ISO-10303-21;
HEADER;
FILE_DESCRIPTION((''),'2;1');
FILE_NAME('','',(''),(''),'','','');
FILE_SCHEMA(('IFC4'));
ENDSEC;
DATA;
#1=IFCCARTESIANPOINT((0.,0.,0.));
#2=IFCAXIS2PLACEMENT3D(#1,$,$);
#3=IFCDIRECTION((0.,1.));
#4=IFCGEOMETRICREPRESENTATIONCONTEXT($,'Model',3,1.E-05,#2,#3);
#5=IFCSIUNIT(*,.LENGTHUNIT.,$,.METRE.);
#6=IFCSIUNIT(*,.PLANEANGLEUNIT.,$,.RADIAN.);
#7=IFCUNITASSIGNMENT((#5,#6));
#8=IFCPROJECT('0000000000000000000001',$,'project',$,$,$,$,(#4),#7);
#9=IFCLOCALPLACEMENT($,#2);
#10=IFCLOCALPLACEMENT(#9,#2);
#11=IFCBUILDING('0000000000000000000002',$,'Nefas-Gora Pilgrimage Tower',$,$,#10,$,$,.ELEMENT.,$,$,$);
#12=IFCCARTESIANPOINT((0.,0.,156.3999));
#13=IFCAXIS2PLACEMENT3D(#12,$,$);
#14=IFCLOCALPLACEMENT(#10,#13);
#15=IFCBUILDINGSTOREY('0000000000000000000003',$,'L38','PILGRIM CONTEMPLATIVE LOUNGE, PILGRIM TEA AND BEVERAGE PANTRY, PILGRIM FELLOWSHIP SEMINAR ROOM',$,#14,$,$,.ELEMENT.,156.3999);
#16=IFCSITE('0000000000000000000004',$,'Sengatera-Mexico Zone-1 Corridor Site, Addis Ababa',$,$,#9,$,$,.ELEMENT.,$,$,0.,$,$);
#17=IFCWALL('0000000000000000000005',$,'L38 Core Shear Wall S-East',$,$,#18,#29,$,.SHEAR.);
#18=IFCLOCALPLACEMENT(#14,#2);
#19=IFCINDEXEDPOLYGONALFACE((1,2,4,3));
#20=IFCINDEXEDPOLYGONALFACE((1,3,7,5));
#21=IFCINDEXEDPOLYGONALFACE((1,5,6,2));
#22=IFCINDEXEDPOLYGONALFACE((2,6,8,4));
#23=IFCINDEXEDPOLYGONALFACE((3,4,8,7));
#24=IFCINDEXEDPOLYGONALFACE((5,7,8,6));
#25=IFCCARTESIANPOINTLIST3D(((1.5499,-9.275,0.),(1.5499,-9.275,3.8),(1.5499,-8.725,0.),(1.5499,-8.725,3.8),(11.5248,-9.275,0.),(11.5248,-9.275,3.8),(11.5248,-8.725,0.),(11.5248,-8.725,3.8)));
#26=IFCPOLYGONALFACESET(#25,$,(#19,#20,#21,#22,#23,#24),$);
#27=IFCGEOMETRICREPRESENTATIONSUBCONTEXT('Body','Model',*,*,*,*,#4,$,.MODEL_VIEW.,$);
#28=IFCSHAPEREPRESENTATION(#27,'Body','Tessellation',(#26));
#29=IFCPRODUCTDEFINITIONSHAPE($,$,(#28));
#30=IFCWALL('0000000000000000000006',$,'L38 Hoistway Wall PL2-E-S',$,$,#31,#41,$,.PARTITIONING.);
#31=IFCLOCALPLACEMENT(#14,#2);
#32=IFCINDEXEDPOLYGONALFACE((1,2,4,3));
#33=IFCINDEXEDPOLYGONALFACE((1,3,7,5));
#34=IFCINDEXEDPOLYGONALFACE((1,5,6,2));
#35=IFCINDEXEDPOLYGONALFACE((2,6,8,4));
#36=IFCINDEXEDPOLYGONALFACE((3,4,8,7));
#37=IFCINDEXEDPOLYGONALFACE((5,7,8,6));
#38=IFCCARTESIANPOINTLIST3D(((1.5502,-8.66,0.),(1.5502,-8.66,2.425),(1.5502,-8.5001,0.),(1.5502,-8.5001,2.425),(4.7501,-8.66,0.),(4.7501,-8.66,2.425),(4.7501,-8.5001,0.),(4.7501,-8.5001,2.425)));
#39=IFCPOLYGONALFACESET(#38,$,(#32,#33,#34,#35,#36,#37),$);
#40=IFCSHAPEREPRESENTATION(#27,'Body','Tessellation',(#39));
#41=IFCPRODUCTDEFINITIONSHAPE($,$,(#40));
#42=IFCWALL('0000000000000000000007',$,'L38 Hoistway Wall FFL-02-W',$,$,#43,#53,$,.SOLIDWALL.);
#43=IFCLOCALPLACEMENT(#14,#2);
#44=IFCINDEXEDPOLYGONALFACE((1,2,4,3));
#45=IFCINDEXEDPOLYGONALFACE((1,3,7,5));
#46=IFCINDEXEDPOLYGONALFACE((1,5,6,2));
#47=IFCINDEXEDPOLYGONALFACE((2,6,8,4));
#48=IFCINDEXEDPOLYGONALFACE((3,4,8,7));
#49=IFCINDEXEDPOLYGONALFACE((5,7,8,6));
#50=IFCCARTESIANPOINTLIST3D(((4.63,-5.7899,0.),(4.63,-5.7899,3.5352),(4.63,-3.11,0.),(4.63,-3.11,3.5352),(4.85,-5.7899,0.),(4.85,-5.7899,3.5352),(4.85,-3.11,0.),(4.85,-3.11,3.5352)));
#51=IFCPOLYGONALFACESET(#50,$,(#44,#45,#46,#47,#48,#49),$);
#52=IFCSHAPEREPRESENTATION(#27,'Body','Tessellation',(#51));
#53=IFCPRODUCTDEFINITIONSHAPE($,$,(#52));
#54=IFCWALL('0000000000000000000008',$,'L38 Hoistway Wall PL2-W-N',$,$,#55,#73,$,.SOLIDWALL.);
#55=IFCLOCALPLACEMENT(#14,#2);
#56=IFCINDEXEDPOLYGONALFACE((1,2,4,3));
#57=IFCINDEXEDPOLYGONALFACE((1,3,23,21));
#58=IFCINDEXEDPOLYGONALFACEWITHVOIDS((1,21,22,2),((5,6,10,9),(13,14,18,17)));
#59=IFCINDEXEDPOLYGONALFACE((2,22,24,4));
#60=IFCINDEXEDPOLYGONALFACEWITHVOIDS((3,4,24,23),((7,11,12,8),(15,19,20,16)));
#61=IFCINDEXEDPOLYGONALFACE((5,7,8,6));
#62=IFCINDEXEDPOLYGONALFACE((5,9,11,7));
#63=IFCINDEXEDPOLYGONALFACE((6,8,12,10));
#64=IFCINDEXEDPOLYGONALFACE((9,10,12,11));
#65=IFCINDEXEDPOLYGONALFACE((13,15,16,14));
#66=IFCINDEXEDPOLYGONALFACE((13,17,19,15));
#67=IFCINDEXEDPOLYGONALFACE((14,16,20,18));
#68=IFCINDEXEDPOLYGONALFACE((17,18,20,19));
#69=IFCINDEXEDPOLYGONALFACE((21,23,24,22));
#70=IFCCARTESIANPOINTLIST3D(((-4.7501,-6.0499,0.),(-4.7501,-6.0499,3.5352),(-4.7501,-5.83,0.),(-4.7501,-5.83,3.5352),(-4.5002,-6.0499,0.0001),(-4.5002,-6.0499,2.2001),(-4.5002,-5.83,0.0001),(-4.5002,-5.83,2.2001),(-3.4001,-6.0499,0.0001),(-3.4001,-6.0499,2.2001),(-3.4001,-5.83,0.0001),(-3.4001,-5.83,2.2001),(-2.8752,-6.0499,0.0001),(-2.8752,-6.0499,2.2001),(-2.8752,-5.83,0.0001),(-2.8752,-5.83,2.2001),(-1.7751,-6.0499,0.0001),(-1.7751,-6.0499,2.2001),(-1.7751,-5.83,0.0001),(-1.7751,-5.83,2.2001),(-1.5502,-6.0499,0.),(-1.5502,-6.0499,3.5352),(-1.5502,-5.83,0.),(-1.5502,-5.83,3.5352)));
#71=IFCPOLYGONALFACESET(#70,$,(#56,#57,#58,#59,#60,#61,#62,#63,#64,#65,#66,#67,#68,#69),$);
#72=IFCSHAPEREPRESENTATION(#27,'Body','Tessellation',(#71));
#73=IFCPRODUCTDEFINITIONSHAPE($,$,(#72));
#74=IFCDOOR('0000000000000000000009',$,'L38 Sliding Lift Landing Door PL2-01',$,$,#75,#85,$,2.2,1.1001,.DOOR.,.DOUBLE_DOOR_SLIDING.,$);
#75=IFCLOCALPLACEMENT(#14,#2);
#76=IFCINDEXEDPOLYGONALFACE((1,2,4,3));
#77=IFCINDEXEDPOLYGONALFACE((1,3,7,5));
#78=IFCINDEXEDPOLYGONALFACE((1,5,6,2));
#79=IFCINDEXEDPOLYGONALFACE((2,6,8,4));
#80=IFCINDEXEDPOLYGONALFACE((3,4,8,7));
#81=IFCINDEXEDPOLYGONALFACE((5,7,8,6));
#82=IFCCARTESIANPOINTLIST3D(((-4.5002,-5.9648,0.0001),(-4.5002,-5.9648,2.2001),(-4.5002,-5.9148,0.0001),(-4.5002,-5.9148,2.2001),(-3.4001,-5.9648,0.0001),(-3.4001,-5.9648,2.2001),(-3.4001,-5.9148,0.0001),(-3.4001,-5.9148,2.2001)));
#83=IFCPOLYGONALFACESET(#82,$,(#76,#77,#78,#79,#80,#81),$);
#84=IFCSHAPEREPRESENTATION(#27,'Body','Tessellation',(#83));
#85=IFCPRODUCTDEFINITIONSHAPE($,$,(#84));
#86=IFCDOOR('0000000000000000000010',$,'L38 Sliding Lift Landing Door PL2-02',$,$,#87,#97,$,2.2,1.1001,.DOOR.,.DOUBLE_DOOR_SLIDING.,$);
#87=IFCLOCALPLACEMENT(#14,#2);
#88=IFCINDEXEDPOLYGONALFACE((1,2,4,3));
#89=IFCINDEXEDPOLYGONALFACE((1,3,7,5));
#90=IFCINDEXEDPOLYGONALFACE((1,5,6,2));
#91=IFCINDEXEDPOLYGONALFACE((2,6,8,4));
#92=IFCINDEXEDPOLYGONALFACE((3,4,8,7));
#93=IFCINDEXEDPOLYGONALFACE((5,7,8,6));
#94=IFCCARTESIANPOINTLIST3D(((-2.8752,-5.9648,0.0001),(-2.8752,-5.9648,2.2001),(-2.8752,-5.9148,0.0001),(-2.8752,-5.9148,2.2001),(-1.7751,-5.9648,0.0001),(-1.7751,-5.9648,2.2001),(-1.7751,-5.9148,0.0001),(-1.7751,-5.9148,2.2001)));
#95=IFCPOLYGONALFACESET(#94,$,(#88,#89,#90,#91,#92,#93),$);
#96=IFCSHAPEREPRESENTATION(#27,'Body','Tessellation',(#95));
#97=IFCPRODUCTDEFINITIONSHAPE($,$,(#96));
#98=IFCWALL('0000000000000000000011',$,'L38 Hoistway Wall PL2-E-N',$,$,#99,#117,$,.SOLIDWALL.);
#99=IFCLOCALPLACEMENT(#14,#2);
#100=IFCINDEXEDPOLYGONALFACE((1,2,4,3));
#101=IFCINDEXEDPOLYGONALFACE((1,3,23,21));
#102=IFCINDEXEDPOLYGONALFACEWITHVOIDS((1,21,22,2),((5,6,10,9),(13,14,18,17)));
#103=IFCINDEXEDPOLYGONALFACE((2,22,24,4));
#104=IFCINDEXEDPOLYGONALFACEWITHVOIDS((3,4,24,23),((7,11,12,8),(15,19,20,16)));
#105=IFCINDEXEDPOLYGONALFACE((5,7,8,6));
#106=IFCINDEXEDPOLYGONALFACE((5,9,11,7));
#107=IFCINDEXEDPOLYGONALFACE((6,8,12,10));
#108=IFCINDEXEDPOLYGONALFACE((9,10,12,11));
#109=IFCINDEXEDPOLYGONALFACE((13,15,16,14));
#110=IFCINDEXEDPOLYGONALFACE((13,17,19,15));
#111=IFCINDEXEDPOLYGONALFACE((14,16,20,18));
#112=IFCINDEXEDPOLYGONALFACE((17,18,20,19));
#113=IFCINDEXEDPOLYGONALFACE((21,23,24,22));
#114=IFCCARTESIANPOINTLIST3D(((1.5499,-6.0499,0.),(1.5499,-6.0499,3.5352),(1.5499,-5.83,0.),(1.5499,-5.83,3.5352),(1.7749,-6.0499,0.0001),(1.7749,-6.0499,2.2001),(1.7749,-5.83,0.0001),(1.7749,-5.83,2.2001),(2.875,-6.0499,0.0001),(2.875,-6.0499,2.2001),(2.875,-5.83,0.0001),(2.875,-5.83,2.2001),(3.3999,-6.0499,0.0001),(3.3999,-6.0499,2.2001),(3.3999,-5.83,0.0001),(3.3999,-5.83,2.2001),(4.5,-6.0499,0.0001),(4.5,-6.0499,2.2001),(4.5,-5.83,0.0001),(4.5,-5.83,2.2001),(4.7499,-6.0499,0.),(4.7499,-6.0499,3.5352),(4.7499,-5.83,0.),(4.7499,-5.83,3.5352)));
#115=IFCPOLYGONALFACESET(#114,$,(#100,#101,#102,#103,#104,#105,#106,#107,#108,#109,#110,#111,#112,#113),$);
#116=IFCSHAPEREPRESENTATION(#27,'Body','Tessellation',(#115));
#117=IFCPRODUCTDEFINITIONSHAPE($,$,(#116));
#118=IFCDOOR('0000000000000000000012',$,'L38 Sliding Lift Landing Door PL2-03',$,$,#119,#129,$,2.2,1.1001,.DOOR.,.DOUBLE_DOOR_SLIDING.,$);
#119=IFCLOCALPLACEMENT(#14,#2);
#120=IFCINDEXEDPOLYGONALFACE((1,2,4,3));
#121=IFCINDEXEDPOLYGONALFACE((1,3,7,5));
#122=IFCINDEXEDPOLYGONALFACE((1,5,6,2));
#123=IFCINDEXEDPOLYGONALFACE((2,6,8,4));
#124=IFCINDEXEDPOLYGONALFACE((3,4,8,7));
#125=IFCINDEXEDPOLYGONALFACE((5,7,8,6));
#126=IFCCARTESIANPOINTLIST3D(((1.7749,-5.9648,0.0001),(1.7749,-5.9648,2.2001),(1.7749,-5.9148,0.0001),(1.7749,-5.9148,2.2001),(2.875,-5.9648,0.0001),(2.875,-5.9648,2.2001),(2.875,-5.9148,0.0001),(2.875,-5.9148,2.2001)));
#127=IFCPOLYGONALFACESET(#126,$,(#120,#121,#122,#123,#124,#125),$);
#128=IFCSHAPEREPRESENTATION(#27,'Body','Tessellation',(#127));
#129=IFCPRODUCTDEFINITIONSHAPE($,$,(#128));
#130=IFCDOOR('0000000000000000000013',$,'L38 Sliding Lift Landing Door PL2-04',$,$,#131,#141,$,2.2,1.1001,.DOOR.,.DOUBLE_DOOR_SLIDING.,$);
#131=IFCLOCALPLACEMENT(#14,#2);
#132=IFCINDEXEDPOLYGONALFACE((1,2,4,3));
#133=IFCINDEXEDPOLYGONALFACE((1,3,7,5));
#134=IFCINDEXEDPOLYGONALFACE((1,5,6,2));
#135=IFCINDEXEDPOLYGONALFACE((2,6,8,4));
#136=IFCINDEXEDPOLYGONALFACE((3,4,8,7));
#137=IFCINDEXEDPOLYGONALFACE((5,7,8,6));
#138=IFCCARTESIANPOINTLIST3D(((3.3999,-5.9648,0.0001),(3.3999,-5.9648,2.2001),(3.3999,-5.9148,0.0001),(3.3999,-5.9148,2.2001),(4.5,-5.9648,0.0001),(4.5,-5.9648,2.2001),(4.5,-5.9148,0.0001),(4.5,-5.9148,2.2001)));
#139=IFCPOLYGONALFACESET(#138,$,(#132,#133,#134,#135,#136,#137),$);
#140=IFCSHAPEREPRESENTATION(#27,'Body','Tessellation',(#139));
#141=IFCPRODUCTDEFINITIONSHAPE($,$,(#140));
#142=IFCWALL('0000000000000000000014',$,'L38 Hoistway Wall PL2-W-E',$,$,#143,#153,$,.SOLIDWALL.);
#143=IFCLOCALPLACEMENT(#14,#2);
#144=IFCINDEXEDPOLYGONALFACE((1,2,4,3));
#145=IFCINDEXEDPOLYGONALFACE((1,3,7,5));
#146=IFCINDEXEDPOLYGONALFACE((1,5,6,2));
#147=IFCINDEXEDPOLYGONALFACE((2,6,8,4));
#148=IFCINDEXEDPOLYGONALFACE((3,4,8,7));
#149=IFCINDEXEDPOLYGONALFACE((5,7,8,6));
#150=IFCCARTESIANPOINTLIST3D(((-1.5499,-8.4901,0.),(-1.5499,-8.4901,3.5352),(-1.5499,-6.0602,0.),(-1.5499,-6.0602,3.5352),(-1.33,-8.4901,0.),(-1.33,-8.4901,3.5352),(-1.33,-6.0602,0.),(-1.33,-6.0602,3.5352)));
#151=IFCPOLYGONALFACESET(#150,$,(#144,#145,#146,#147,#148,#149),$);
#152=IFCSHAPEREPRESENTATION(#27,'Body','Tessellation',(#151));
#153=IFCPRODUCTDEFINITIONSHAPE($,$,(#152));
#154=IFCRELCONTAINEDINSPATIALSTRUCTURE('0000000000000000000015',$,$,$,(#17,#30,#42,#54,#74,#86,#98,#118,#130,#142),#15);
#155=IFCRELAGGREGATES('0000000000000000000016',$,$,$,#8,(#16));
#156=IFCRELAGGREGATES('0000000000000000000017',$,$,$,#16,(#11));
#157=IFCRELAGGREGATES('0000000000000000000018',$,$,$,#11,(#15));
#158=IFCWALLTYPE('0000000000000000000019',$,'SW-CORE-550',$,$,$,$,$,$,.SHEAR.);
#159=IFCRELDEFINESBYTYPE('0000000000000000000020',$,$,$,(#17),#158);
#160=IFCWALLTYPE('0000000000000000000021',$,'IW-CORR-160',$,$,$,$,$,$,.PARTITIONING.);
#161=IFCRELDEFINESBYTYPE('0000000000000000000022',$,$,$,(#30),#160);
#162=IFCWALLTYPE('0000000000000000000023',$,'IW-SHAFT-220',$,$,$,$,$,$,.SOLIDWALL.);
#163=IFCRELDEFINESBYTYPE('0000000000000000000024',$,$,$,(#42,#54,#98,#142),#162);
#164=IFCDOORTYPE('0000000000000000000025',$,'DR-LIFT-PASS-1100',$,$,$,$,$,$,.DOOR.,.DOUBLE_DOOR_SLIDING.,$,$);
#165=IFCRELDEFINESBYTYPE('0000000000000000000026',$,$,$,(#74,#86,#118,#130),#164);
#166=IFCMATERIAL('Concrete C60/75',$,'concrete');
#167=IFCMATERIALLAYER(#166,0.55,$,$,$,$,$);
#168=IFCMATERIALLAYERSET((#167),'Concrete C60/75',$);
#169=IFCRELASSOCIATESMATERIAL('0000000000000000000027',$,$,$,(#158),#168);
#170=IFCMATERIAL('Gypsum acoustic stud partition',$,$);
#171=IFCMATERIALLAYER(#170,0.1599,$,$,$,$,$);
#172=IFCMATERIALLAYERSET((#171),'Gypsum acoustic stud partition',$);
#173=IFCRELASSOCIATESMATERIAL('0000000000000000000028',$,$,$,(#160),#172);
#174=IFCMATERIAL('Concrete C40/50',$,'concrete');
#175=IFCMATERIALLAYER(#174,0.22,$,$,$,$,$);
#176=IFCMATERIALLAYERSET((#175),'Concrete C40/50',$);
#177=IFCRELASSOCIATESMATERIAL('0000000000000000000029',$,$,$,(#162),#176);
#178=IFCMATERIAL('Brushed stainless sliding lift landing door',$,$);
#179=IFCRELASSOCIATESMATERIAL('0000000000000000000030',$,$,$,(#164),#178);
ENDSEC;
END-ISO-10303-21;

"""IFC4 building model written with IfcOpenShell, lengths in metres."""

from ifc_helpers import new_model, si_unit, direction, frame, frame_2d, origin, place, context, subcontext, project, spatial, rectangle, extrude, source, transform, mapped, material, layer, layer_set, type_object, element, fill, save


model = new_model("IFC4")

# Units and contexts
model_context = context("Model", 3, precision=1e-05, world=origin(), true_north=direction((0.0, 1.0)))
body_context = subcontext(model_context, "Body", "Model", "MODEL_VIEW")
ifc_project = project(units=[si_unit("LENGTHUNIT", "METRE"), si_unit("PLANEANGLEUNIT", "RADIAN")], contexts=[model_context])

# Site, building, storey
site_placement = place(None, origin())
site = spatial("IfcSite", under=ifc_project, at=site_placement, Name="Sengatera-Mexico Zone-1 Corridor Site, Addis Ababa", CompositionType="ELEMENT", RefElevation=0.0)
building_placement = place(site_placement, origin())
building = spatial("IfcBuilding", under=site, at=building_placement, Name="Nefas-Gora Pilgrimage Tower", CompositionType="ELEMENT")
storey_placement = place(building_placement, frame((0.0, 0.0, 156.3999)))
storey = spatial("IfcBuildingStorey", under=building, at=storey_placement, Name="L38", Description="PILGRIM CONTEMPLATIVE LOUNGE, PILGRIM TEA AND BEVERAGE PANTRY, PILGRIM FELLOWSHIP SEMINAR ROOM", CompositionType="ELEMENT", Elevation=156.3999)

# Walls
ifc_material_1 = material(Name="Concrete C60/75", Category="concrete")
ifc_layer_1 = layer(ifc_material_1, 0.55)
ifc_layer_set_1 = layer_set([ifc_layer_1], Name="Concrete C60/75")
wall_type_1 = type_object("IfcWallType", Name="SW-CORE-550", PredefinedType="SHEAR", material=ifc_layer_set_1)
shared_shape_1 = source(origin(), body_context, "Body", "SweptSolid", [
    extrude(rectangle(XDim=9.9749, YDim=0.55, at=frame_2d((4.9873, 0.0))), origin(), (0.0, 0.0, 1.0), 3.8),
])
wall_1_placement = place(storey_placement, frame((1.55, -9.0, 0.0), z_axis=(0.0, 0.0, 1.0), x_axis=(1.0, 0.0, 0.0)))
element("IfcWall", 1, at=wall_1_placement, inside=storey, type_object=wall_type_1, Name="L38 Core Shear Wall S-East", PredefinedType="SHEAR", context=body_context, shape_type="MappedRepresentation", body=[
    mapped(shared_shape_1, transform((0.0, 0.0, 0.0), x_axis=(1.0, 0.0, 0.0), y_axis=(0.0, 1.0, 0.0), z_axis=(0.0, 0.0, 1.0), scale=1.0)),
])
ifc_material_2 = material(Name="Gypsum acoustic stud partition")
ifc_layer_2 = layer(ifc_material_2, 0.1599)
ifc_layer_set_2 = layer_set([ifc_layer_2], Name="Gypsum acoustic stud partition")
wall_type_2 = type_object("IfcWallType", Name="IW-CORR-160", PredefinedType="PARTITIONING", material=ifc_layer_set_2)
shared_shape_2 = source(origin(), body_context, "Body", "SweptSolid", [
    extrude(rectangle(XDim=3.2, YDim=0.1599, at=frame_2d((1.6001, 0.0))), origin(), (0.0, 0.0, 1.0), 2.425),
])
wall_2_placement = place(storey_placement, frame((1.55, -8.5801, 0.0), z_axis=(0.0, 0.0, 1.0), x_axis=(1.0, 0.0, 0.0)))
element("IfcWall", 2, at=wall_2_placement, inside=storey, type_object=wall_type_2, Name="L38 Hoistway Wall PL2-E-S", PredefinedType="PARTITIONING", context=body_context, shape_type="MappedRepresentation", body=[
    mapped(shared_shape_2, transform((0.0, 0.0, 0.0), x_axis=(1.0, 0.0, 0.0), y_axis=(0.0, 1.0, 0.0), z_axis=(0.0, 0.0, 1.0), scale=1.0)),
])
ifc_material_3 = material(Name="Concrete C40/50", Category="concrete")
ifc_layer_3 = layer(ifc_material_3, 0.22)
ifc_layer_set_3 = layer_set([ifc_layer_3], Name="Concrete C40/50")
wall_type_3 = type_object("IfcWallType", Name="IW-SHAFT-220", PredefinedType="SOLIDWALL", material=ifc_layer_set_3)
shared_shape_3 = source(origin(), body_context, "Body", "SweptSolid", [
    extrude(rectangle(XDim=2.6799, YDim=0.22, at=frame_2d((1.3398, 0.0))), origin(), (0.0, 0.0, 1.0), 3.5352),
])
wall_3_placement = place(storey_placement, frame((4.74, -3.1101, 0.0), z_axis=(0.0, 0.0, 1.0), x_axis=(0.0, -1.0, 0.0)))
element("IfcWall", 3, at=wall_3_placement, inside=storey, type_object=wall_type_3, Name="L38 Hoistway Wall FFL-02-W", PredefinedType="SOLIDWALL", context=body_context, shape_type="MappedRepresentation", body=[
    mapped(shared_shape_3, transform((0.0, 0.0, 0.0), x_axis=(1.0, 0.0, 0.0), y_axis=(0.0, 1.0, 0.0), z_axis=(0.0, 0.0, 1.0), scale=1.0)),
])

# Walls, openings, doors
shared_shape_4 = source(origin(), body_context, "Body", "SweptSolid", [
    extrude(rectangle(XDim=3.2, YDim=0.22, at=frame_2d((1.6001, 0.0))), origin(), (0.0, 0.0, 1.0), 3.5352),
])
wall_4_placement = place(storey_placement, frame((-1.55, -5.9399, 0.0), z_axis=(0.0, 0.0, 1.0), x_axis=(-1.0, 0.0, 0.0)))
wall_4 = element("IfcWall", 4, at=wall_4_placement, inside=storey, type_object=wall_type_3, Name="L38 Hoistway Wall PL2-W-N", PredefinedType="SOLIDWALL", context=body_context, shape_type="MappedRepresentation", body=[
    mapped(shared_shape_4, transform((0.0, 0.0, 0.0), x_axis=(1.0, 0.0, 0.0), y_axis=(0.0, 1.0, 0.0), z_axis=(0.0, 0.0, 1.0), scale=1.0)),
])
opening_1_placement = place(wall_4_placement, frame((1.8501, 0.0, 0.0)))
opening_1 = element("IfcOpeningElement", 5, at=opening_1_placement, cuts=wall_4, PredefinedType="OPENING", context=body_context, shape_type="SweptSolid", body=[
    extrude(rectangle(XDim=1.1001, YDim=2.2, at=frame_2d((0.55, 1.1001))), frame((0.0, 0.1199, 0.0), z_axis=(0.0, -1.0, 0.0), x_axis=(1.0, 0.0, 0.0)), (0.0, 0.0, 1.0), 0.24),
])
opening_2_placement = place(wall_4_placement, frame((0.2251, 0.0, 0.0)))
opening_2 = element("IfcOpeningElement", 6, at=opening_2_placement, cuts=wall_4, PredefinedType="OPENING", context=body_context, shape_type="SweptSolid", body=[
    extrude(rectangle(XDim=1.1001, YDim=2.2, at=frame_2d((0.55, 1.1001))), frame((0.0, 0.1199, 0.0), z_axis=(0.0, -1.0, 0.0), x_axis=(1.0, 0.0, 0.0)), (0.0, 0.0, 1.0), 0.24),
])
ifc_material_4 = material(Name="Brushed stainless sliding lift landing door")
door_type_1 = type_object("IfcDoorType", Name="DR-LIFT-PASS-1100", OperationType="DOUBLE_DOOR_SLIDING", PredefinedType="DOOR", material=ifc_material_4)
shared_shape_5 = source(origin(), body_context, "Body", "SweptSolid", [
    extrude(rectangle(XDim=1.1001, YDim=2.2, at=frame_2d((0.55, 1.1001))), frame((0.0, 0.0249, 0.0), z_axis=(0.0, -1.0, 0.0), x_axis=(1.0, 0.0, 0.0)), (0.0, 0.0, 1.0), 0.05),
])
door_1_placement = place(opening_1_placement, origin())
door_1 = element("IfcDoor", 7, at=door_1_placement, inside=storey, type_object=door_type_1, Name="L38 Sliding Lift Landing Door PL2-01", OperationType="DOUBLE_DOOR_SLIDING", OverallHeight=2.2, OverallWidth=1.1001, PredefinedType="DOOR", context=body_context, shape_type="MappedRepresentation", body=[
    mapped(shared_shape_5, transform((0.0, 0.0, 0.0), x_axis=(1.0, 0.0, 0.0), y_axis=(0.0, 1.0, 0.0), z_axis=(0.0, 0.0, 1.0), scale=1.0)),
])
fill(opening_1, door_1)
door_2_placement = place(opening_2_placement, origin())
door_2 = element("IfcDoor", 8, at=door_2_placement, inside=storey, type_object=door_type_1, Name="L38 Sliding Lift Landing Door PL2-02", OperationType="DOUBLE_DOOR_SLIDING", OverallHeight=2.2, OverallWidth=1.1001, PredefinedType="DOOR", context=body_context, shape_type="MappedRepresentation", body=[
    mapped(shared_shape_5, transform((0.0, 0.0, 0.0), x_axis=(1.0, 0.0, 0.0), y_axis=(0.0, 1.0, 0.0), z_axis=(0.0, 0.0, 1.0), scale=1.0)),
])
fill(opening_2, door_2)
wall_5_placement = place(storey_placement, frame((4.75, -5.9399, 0.0), z_axis=(0.0, 0.0, 1.0), x_axis=(-1.0, 0.0, 0.0)))
wall_5 = element("IfcWall", 9, at=wall_5_placement, inside=storey, type_object=wall_type_3, Name="L38 Hoistway Wall PL2-E-N", PredefinedType="SOLIDWALL", context=body_context, shape_type="MappedRepresentation", body=[
    mapped(shared_shape_4, transform((0.0, 0.0, 0.0), x_axis=(1.0, 0.0, 0.0), y_axis=(0.0, 1.0, 0.0), z_axis=(0.0, 0.0, 1.0), scale=1.0)),
])
opening_3_placement = place(wall_5_placement, frame((1.875, 0.0, 0.0)))
opening_3 = element("IfcOpeningElement", 10, at=opening_3_placement, cuts=wall_5, PredefinedType="OPENING", context=body_context, shape_type="SweptSolid", body=[
    extrude(rectangle(XDim=1.1001, YDim=2.2, at=frame_2d((0.55, 1.1001))), frame((0.0, 0.1199, 0.0), z_axis=(0.0, -1.0, 0.0), x_axis=(1.0, 0.0, 0.0)), (0.0, 0.0, 1.0), 0.24),
])
opening_4_placement = place(wall_5_placement, frame((0.25, 0.0, 0.0)))
opening_4 = element("IfcOpeningElement", 11, at=opening_4_placement, cuts=wall_5, PredefinedType="OPENING", context=body_context, shape_type="SweptSolid", body=[
    extrude(rectangle(XDim=1.1001, YDim=2.2, at=frame_2d((0.55, 1.1001))), frame((0.0, 0.1199, 0.0), z_axis=(0.0, -1.0, 0.0), x_axis=(1.0, 0.0, 0.0)), (0.0, 0.0, 1.0), 0.24),
])
door_3_placement = place(opening_3_placement, origin())
door_3 = element("IfcDoor", 12, at=door_3_placement, inside=storey, type_object=door_type_1, Name="L38 Sliding Lift Landing Door PL2-03", OperationType="DOUBLE_DOOR_SLIDING", OverallHeight=2.2, OverallWidth=1.1001, PredefinedType="DOOR", context=body_context, shape_type="MappedRepresentation", body=[
    mapped(shared_shape_5, transform((0.0, 0.0, 0.0), x_axis=(1.0, 0.0, 0.0), y_axis=(0.0, 1.0, 0.0), z_axis=(0.0, 0.0, 1.0), scale=1.0)),
])
fill(opening_3, door_3)
door_4_placement = place(opening_4_placement, origin())
door_4 = element("IfcDoor", 13, at=door_4_placement, inside=storey, type_object=door_type_1, Name="L38 Sliding Lift Landing Door PL2-04", OperationType="DOUBLE_DOOR_SLIDING", OverallHeight=2.2, OverallWidth=1.1001, PredefinedType="DOOR", context=body_context, shape_type="MappedRepresentation", body=[
    mapped(shared_shape_5, transform((0.0, 0.0, 0.0), x_axis=(1.0, 0.0, 0.0), y_axis=(0.0, 1.0, 0.0), z_axis=(0.0, 0.0, 1.0), scale=1.0)),
])
fill(opening_4, door_4)

# Wall
shared_shape_6 = source(origin(), body_context, "Body", "SweptSolid", [
    extrude(rectangle(XDim=2.4299, YDim=0.22, at=frame_2d((1.2148, 0.0))), origin(), (0.0, 0.0, 1.0), 3.5352),
])
for number, where, z_axis, x_axis, name in (
    (14, (-1.4399, -8.49, 0.0), (0.0, 0.0, 1.0), (0.0, 1.0, 0.0), "L38 Hoistway Wall PL2-W-E"),
):
    element("IfcWall", number, at=place(storey_placement, frame(where, z_axis=z_axis, x_axis=x_axis)), inside=storey, type_object=wall_type_3, Name=name, PredefinedType="SOLIDWALL", context=body_context, shape_type="MappedRepresentation", body=[
        mapped(shared_shape_6, transform((0.0, 0.0, 0.0), x_axis=(1.0, 0.0, 0.0), y_axis=(0.0, 1.0, 0.0), z_axis=(0.0, 0.0, 1.0), scale=1.0)),
    ])

save(model, "model.ifc")
